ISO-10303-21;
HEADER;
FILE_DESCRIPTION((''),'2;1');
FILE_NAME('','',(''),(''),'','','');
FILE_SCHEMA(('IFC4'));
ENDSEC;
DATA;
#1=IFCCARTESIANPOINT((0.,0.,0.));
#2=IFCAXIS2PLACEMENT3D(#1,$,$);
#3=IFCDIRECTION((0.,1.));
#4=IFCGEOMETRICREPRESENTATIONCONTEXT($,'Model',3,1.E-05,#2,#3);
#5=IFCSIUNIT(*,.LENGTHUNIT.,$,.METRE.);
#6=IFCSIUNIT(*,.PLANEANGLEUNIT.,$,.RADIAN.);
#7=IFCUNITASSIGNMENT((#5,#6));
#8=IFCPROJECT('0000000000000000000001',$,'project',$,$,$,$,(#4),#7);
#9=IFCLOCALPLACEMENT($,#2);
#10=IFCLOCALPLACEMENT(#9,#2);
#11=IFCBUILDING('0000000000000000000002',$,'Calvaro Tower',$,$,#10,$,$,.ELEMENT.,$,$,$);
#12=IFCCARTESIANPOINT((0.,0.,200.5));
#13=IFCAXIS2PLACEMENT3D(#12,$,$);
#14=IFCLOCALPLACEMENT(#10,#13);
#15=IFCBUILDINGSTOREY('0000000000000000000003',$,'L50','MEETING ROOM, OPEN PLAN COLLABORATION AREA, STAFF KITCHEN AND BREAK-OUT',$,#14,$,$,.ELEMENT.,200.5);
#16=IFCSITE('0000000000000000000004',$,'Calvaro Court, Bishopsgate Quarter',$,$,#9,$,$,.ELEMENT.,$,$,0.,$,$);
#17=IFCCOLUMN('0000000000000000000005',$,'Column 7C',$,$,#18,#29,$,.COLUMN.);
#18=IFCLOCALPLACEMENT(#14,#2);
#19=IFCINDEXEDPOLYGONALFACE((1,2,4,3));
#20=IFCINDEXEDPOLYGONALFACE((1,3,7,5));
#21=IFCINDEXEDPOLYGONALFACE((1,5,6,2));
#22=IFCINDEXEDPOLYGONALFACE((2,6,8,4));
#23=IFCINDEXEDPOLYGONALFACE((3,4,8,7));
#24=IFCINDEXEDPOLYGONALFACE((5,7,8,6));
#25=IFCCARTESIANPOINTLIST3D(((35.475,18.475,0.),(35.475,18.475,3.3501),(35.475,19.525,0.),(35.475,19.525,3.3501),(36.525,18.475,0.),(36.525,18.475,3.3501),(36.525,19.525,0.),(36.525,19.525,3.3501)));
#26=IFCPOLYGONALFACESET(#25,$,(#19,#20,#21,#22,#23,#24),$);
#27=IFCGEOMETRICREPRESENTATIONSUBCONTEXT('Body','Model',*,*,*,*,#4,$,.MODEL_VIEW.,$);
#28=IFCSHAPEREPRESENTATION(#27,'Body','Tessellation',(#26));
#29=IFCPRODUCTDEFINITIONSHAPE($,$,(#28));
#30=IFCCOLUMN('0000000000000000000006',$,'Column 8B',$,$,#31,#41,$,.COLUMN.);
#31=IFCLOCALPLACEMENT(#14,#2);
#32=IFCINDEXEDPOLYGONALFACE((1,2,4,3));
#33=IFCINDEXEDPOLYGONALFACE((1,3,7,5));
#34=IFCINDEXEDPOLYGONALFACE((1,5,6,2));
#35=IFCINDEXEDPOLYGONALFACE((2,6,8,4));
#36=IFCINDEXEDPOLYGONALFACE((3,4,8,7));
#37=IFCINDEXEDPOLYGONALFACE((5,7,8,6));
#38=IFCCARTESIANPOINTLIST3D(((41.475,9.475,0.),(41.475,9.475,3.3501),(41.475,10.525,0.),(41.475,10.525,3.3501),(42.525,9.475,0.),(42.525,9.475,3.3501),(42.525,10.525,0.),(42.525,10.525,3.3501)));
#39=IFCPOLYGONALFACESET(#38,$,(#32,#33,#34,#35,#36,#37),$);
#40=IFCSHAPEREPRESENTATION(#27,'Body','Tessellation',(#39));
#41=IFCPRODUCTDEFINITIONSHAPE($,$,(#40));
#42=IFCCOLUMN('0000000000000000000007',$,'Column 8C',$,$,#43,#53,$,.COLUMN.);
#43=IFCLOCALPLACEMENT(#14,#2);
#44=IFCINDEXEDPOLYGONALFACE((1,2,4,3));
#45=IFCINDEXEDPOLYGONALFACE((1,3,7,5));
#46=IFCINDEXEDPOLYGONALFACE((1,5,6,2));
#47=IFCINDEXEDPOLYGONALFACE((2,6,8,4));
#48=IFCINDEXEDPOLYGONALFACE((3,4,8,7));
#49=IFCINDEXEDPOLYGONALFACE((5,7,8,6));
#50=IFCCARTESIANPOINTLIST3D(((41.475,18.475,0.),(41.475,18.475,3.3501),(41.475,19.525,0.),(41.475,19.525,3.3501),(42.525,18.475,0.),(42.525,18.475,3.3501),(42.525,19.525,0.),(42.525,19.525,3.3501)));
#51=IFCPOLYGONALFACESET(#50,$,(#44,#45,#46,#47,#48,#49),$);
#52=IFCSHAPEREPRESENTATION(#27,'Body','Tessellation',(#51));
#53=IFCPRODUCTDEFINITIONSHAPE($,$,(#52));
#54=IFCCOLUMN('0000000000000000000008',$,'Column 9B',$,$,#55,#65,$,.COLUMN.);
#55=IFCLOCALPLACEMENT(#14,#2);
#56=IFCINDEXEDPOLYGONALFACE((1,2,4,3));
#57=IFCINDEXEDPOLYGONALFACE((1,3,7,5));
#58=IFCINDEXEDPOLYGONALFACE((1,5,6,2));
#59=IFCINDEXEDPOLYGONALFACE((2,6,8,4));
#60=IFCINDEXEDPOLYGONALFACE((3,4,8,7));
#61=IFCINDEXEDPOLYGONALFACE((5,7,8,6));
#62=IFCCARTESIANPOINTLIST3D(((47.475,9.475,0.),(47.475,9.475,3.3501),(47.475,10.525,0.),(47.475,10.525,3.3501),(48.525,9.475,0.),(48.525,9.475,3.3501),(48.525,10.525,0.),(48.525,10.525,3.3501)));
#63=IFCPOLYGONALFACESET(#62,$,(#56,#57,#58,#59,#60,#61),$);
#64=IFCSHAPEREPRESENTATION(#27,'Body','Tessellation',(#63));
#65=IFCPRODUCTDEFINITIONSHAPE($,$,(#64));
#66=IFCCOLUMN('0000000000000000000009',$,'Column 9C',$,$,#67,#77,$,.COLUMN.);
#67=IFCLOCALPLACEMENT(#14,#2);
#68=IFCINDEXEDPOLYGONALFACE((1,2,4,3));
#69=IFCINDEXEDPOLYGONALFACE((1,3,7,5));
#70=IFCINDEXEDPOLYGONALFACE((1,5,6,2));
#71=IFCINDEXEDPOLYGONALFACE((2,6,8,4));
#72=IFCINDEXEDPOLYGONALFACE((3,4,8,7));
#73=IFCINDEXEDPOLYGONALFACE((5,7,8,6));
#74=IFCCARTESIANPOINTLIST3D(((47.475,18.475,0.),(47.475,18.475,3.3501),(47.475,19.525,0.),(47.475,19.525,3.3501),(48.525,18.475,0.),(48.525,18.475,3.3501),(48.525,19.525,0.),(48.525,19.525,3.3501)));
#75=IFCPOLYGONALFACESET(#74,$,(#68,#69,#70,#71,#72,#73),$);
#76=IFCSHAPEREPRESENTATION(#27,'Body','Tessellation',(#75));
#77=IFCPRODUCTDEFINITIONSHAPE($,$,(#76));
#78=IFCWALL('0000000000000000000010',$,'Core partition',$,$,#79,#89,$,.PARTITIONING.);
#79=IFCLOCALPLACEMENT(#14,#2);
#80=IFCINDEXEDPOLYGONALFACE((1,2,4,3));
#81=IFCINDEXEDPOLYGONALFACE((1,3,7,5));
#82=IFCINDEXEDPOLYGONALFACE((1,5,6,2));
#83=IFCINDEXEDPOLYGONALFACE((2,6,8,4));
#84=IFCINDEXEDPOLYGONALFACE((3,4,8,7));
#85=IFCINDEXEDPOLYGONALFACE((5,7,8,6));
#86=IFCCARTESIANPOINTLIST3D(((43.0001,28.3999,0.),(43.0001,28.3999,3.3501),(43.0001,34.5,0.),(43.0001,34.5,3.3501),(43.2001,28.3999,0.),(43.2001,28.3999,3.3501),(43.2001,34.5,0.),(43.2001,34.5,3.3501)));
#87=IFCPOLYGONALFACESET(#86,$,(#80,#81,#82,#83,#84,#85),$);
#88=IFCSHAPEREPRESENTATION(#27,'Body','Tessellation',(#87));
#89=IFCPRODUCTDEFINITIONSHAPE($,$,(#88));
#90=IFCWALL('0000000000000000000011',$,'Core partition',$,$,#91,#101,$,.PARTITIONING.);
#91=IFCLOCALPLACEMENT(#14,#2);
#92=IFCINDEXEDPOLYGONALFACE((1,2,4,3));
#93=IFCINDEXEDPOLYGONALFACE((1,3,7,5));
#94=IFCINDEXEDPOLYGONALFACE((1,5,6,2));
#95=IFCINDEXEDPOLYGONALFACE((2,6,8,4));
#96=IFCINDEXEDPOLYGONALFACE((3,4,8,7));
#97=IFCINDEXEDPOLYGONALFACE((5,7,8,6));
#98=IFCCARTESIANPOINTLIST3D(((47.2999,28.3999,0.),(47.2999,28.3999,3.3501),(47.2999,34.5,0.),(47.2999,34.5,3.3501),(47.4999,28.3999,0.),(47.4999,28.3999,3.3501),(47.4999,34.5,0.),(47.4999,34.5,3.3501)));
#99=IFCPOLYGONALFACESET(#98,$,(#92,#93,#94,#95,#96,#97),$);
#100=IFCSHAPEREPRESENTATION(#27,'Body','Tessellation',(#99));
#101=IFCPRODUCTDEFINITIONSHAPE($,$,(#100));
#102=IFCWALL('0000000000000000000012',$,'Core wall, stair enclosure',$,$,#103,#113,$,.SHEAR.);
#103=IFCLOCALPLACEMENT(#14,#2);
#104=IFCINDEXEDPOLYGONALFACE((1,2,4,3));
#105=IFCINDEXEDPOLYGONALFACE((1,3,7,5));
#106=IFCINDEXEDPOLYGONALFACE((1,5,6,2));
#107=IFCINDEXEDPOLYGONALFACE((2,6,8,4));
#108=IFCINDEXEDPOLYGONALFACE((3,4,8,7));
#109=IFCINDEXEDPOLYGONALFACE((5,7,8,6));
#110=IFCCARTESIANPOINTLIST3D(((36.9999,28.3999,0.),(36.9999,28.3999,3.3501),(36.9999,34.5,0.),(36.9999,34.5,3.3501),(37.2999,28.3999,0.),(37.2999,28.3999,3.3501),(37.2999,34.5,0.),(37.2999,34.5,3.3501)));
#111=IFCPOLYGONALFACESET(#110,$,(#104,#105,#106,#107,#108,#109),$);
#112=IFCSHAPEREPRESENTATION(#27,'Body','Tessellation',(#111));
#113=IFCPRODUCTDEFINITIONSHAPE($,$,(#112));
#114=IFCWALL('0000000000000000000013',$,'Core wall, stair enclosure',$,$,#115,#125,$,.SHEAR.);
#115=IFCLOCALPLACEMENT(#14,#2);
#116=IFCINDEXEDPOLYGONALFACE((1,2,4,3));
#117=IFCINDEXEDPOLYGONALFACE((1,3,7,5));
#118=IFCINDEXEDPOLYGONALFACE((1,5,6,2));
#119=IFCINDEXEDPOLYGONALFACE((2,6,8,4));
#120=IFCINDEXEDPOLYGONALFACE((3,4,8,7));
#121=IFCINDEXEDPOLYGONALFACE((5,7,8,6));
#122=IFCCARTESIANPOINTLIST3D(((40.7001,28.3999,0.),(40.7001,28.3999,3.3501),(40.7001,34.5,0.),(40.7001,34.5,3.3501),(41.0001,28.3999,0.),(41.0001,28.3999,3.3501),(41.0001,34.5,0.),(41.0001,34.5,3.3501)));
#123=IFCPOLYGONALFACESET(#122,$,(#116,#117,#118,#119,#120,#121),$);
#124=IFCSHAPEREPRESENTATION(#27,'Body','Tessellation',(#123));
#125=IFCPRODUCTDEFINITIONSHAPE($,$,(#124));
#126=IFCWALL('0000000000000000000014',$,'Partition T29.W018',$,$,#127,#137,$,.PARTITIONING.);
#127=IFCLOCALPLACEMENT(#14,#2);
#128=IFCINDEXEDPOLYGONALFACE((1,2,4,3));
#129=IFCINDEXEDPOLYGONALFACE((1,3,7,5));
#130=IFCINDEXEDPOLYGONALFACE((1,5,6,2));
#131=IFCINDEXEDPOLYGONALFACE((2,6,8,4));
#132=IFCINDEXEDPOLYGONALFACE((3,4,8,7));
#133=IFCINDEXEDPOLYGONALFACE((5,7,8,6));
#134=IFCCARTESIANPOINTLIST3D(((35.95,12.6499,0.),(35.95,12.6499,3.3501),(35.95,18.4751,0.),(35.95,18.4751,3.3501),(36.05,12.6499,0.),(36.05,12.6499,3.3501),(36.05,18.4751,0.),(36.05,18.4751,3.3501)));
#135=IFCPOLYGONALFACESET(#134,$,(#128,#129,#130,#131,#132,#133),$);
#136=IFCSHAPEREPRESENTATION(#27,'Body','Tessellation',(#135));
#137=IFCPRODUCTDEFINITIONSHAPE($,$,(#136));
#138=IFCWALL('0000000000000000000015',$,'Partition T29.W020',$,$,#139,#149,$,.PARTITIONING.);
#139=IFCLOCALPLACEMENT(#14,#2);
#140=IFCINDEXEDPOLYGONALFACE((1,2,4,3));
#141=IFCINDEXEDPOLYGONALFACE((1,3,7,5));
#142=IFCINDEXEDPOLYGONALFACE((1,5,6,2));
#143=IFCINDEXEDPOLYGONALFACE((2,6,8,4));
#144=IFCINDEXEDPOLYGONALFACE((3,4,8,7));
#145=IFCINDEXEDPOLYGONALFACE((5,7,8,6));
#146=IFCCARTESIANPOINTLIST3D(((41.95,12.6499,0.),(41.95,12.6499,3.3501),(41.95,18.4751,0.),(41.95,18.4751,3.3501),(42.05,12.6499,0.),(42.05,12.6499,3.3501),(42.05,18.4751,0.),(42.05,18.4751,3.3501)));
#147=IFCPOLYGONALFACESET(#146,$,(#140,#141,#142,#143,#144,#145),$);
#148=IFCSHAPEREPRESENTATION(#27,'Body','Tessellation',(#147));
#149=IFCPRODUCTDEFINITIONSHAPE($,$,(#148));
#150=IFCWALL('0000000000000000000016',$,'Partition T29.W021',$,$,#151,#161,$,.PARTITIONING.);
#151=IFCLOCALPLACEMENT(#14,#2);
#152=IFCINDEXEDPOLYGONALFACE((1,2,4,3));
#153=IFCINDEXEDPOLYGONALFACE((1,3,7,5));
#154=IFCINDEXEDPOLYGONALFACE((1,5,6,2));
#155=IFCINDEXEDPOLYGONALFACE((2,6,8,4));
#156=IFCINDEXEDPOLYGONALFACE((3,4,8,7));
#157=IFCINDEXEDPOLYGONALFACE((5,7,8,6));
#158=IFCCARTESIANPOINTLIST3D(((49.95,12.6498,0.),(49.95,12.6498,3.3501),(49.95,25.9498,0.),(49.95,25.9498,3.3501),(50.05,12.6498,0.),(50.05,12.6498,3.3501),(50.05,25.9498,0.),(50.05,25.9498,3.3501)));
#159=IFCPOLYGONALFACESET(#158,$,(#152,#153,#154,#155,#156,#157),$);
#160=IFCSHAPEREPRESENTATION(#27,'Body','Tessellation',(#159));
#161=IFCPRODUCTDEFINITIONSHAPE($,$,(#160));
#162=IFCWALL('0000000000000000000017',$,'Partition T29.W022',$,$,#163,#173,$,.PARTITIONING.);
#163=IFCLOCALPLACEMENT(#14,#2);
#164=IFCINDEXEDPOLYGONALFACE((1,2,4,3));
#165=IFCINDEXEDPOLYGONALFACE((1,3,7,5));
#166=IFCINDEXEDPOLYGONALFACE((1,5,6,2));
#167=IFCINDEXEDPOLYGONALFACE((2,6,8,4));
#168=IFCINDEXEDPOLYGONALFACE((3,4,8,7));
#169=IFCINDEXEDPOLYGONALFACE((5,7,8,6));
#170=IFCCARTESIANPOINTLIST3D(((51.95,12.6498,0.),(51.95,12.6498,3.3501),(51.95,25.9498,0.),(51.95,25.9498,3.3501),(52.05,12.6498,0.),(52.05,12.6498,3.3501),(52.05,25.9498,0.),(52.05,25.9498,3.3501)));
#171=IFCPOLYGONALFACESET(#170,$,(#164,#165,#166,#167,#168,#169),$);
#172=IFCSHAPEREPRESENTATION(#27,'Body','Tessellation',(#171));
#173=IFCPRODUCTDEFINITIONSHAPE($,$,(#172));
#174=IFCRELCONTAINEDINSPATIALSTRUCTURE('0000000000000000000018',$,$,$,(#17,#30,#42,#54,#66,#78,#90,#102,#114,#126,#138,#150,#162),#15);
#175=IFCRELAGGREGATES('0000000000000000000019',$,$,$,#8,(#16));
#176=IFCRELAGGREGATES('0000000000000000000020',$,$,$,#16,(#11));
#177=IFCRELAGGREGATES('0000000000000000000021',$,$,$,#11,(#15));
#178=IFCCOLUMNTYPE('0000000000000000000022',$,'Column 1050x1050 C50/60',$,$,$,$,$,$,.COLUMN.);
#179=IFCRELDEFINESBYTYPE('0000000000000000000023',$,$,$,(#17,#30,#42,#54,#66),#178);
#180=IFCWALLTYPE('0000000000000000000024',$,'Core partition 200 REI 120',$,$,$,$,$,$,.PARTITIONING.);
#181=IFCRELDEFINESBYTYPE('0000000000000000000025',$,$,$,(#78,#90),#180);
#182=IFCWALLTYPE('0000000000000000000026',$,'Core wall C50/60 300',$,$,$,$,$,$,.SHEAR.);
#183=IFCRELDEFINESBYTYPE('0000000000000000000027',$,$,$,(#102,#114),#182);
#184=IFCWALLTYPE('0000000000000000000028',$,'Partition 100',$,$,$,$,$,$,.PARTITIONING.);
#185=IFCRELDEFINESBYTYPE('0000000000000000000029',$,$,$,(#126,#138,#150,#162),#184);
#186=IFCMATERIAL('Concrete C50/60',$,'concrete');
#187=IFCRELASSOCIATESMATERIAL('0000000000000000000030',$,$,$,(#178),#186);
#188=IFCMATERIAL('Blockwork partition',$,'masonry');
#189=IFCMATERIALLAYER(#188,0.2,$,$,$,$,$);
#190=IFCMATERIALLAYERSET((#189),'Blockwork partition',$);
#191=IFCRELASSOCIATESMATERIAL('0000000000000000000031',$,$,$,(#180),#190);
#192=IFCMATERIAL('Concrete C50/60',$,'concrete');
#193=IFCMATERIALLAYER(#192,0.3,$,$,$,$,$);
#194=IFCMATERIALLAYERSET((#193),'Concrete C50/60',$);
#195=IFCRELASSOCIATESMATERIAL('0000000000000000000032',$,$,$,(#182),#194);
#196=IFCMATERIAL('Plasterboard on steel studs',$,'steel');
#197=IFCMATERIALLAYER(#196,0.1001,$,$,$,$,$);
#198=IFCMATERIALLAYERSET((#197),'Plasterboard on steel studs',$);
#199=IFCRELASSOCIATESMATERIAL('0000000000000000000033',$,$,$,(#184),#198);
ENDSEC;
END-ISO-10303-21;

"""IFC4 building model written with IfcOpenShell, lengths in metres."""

from ifc_helpers import new_model, si_unit, direction, frame, frame_2d, origin, origin_2d, place, context, subcontext, project, spatial, rectangle, extrude, material, layer, layer_set, material_profile, profile_set, type_object, element, save


model = new_model("IFC4")

# Units and contexts
model_context = context("Model", 3, precision=1e-05, world=origin(), true_north=direction((0.0, 1.0)))
body_context = subcontext(model_context, "Body", "Model", "MODEL_VIEW")
ifc_project = project(units=[si_unit("LENGTHUNIT", "METRE"), si_unit("PLANEANGLEUNIT", "RADIAN")], contexts=[model_context])

# Site, building, storey
site_placement = place(None, origin())
site = spatial("IfcSite", under=ifc_project, at=site_placement, Name="Calvaro Court, Bishopsgate Quarter", CompositionType="ELEMENT", RefElevation=0.0)
building_placement = place(site_placement, origin())
building = spatial("IfcBuilding", under=site, at=building_placement, Name="Calvaro Tower", CompositionType="ELEMENT")
storey_placement = place(building_placement, frame((0.0, 0.0, 200.5)))
storey = spatial("IfcBuildingStorey", under=building, at=storey_placement, Name="L50", Description="MEETING ROOM, OPEN PLAN COLLABORATION AREA, STAFF KITCHEN AND BREAK-OUT", CompositionType="ELEMENT", Elevation=200.5)

# Columns
ifc_material_1 = material(Name="Concrete C50/60", Category="concrete")
ifc_material_profile = material_profile(ifc_material_1, rectangle(XDim=1.05, YDim=1.05, at=origin_2d()), Name="RC 1050x1050")
ifc_profile_set = profile_set([ifc_material_profile], Name="Concrete C50/60")
column_type = type_object("IfcColumnType", Name="Column 1050x1050 C50/60", PredefinedType="COLUMN", material=ifc_profile_set)
for number, where, z_axis, x_axis, name in (
    (1, (36.0, 19.0, 0.0), (0.0, 0.0, 1.0), (1.0, 0.0, 0.0), "Column 7C"),
    (2, (42.0, 10.0, 0.0), (0.0, 0.0, 1.0), (1.0, 0.0, 0.0), "Column 8B"),
    (3, (42.0, 19.0, 0.0), (0.0, 0.0, 1.0), (1.0, 0.0, 0.0), "Column 8C"),
    (4, (48.0, 10.0, 0.0), (0.0, 0.0, 1.0), (1.0, 0.0, 0.0), "Column 9B"),
    (5, (48.0, 19.0, 0.0), (0.0, 0.0, 1.0), (1.0, 0.0, 0.0), "Column 9C"),
):
    element("IfcColumn", number, at=place(storey_placement, frame(where, z_axis=z_axis, x_axis=x_axis)), inside=storey, type_object=column_type, Name=name, PredefinedType="COLUMN", context=body_context, shape_type="SweptSolid", body=[
        extrude(rectangle(XDim=1.05, YDim=1.05, at=origin_2d()), origin(), (0.0, 0.0, 1.0), 3.3501),
    ])

# Walls
ifc_material_2 = material(Name="Blockwork partition", Category="masonry")
ifc_layer_1 = layer(ifc_material_2, 0.2)
ifc_layer_set_1 = layer_set([ifc_layer_1], Name="Blockwork partition")
wall_type_1 = type_object("IfcWallType", Name="Core partition 200 REI 120", PredefinedType="PARTITIONING", material=ifc_layer_set_1)
for number, where, z_axis, x_axis, name in (
    (6, (43.1001, 28.3999, 0.0), (0.0, 0.0, 1.0), (0.0, 1.0, 0.0), "Core partition"),
    (7, (47.3999, 28.3999, 0.0), (0.0, 0.0, 1.0), (0.0, 1.0, 0.0), "Core partition"),
):
    element("IfcWall", number, at=place(storey_placement, frame(where, z_axis=z_axis, x_axis=x_axis)), inside=storey, type_object=wall_type_1, Name=name, PredefinedType="PARTITIONING", context=body_context, shape_type="SweptSolid", body=[
        extrude(rectangle(XDim=6.1001, YDim=0.2, at=frame_2d((3.05, 0.0))), origin(), (0.0, 0.0, 1.0), 3.3501),
    ])
ifc_material_3 = material(Name="Concrete C50/60", Category="concrete")
ifc_layer_2 = layer(ifc_material_3, 0.3)
ifc_layer_set_2 = layer_set([ifc_layer_2], Name="Concrete C50/60")
wall_type_2 = type_object("IfcWallType", Name="Core wall C50/60 300", PredefinedType="SHEAR", material=ifc_layer_set_2)
for number, where, z_axis, x_axis, name in (
    (8, (37.1499, 28.3999, 0.0), (0.0, 0.0, 1.0), (0.0, 1.0, 0.0), "Core wall, stair enclosure"),
    (9, (40.8501, 28.3999, 0.0), (0.0, 0.0, 1.0), (0.0, 1.0, 0.0), "Core wall, stair enclosure"),
):
    element("IfcWall", number, at=place(storey_placement, frame(where, z_axis=z_axis, x_axis=x_axis)), inside=storey, type_object=wall_type_2, Name=name, PredefinedType="SHEAR", context=body_context, shape_type="SweptSolid", body=[
        extrude(rectangle(XDim=6.1001, YDim=0.3, at=frame_2d((3.05, 0.0))), origin(), (0.0, 0.0, 1.0), 3.3501),
    ])
ifc_material_4 = material(Name="Plasterboard on steel studs", Category="steel")
ifc_layer_3 = layer(ifc_material_4, 0.1001)
ifc_layer_set_3 = layer_set([ifc_layer_3], Name="Plasterboard on steel studs")
wall_type_3 = type_object("IfcWallType", Name="Partition 100", PredefinedType="PARTITIONING", material=ifc_layer_set_3)
for number, where, z_axis, x_axis, name in (
    (10, (36.0, 12.6499, 0.0), (0.0, 0.0, 1.0), (0.0, 1.0, 0.0), "Partition T29.W018"),
    (11, (42.0, 12.6499, 0.0), (0.0, 0.0, 1.0), (0.0, 1.0, 0.0), "Partition T29.W020"),
):
    element("IfcWall", number, at=place(storey_placement, frame(where, z_axis=z_axis, x_axis=x_axis)), inside=storey, type_object=wall_type_3, Name=name, PredefinedType="PARTITIONING", context=body_context, shape_type="SweptSolid", body=[
        extrude(rectangle(XDim=5.8252, YDim=0.1001, at=frame_2d((2.9126, 0.0))), origin(), (0.0, 0.0, 1.0), 3.3501),
    ])
for number, where, z_axis, x_axis, name in (
    (12, (50.0, 12.6499, 0.0), (0.0, 0.0, 1.0), (0.0, 1.0, 0.0), "Partition T29.W021"),
    (13, (52.0, 12.6499, 0.0), (0.0, 0.0, 1.0), (0.0, 1.0, 0.0), "Partition T29.W022"),
):
    element("IfcWall", number, at=place(storey_placement, frame(where, z_axis=z_axis, x_axis=x_axis)), inside=storey, type_object=wall_type_3, Name=name, PredefinedType="PARTITIONING", context=body_context, shape_type="SweptSolid", body=[
        extrude(rectangle(XDim=13.3, YDim=0.1001, at=frame_2d((6.6499, 0.0))), origin(), (0.0, 0.0, 1.0), 3.3501),
    ])

save(model, "model.ifc")
